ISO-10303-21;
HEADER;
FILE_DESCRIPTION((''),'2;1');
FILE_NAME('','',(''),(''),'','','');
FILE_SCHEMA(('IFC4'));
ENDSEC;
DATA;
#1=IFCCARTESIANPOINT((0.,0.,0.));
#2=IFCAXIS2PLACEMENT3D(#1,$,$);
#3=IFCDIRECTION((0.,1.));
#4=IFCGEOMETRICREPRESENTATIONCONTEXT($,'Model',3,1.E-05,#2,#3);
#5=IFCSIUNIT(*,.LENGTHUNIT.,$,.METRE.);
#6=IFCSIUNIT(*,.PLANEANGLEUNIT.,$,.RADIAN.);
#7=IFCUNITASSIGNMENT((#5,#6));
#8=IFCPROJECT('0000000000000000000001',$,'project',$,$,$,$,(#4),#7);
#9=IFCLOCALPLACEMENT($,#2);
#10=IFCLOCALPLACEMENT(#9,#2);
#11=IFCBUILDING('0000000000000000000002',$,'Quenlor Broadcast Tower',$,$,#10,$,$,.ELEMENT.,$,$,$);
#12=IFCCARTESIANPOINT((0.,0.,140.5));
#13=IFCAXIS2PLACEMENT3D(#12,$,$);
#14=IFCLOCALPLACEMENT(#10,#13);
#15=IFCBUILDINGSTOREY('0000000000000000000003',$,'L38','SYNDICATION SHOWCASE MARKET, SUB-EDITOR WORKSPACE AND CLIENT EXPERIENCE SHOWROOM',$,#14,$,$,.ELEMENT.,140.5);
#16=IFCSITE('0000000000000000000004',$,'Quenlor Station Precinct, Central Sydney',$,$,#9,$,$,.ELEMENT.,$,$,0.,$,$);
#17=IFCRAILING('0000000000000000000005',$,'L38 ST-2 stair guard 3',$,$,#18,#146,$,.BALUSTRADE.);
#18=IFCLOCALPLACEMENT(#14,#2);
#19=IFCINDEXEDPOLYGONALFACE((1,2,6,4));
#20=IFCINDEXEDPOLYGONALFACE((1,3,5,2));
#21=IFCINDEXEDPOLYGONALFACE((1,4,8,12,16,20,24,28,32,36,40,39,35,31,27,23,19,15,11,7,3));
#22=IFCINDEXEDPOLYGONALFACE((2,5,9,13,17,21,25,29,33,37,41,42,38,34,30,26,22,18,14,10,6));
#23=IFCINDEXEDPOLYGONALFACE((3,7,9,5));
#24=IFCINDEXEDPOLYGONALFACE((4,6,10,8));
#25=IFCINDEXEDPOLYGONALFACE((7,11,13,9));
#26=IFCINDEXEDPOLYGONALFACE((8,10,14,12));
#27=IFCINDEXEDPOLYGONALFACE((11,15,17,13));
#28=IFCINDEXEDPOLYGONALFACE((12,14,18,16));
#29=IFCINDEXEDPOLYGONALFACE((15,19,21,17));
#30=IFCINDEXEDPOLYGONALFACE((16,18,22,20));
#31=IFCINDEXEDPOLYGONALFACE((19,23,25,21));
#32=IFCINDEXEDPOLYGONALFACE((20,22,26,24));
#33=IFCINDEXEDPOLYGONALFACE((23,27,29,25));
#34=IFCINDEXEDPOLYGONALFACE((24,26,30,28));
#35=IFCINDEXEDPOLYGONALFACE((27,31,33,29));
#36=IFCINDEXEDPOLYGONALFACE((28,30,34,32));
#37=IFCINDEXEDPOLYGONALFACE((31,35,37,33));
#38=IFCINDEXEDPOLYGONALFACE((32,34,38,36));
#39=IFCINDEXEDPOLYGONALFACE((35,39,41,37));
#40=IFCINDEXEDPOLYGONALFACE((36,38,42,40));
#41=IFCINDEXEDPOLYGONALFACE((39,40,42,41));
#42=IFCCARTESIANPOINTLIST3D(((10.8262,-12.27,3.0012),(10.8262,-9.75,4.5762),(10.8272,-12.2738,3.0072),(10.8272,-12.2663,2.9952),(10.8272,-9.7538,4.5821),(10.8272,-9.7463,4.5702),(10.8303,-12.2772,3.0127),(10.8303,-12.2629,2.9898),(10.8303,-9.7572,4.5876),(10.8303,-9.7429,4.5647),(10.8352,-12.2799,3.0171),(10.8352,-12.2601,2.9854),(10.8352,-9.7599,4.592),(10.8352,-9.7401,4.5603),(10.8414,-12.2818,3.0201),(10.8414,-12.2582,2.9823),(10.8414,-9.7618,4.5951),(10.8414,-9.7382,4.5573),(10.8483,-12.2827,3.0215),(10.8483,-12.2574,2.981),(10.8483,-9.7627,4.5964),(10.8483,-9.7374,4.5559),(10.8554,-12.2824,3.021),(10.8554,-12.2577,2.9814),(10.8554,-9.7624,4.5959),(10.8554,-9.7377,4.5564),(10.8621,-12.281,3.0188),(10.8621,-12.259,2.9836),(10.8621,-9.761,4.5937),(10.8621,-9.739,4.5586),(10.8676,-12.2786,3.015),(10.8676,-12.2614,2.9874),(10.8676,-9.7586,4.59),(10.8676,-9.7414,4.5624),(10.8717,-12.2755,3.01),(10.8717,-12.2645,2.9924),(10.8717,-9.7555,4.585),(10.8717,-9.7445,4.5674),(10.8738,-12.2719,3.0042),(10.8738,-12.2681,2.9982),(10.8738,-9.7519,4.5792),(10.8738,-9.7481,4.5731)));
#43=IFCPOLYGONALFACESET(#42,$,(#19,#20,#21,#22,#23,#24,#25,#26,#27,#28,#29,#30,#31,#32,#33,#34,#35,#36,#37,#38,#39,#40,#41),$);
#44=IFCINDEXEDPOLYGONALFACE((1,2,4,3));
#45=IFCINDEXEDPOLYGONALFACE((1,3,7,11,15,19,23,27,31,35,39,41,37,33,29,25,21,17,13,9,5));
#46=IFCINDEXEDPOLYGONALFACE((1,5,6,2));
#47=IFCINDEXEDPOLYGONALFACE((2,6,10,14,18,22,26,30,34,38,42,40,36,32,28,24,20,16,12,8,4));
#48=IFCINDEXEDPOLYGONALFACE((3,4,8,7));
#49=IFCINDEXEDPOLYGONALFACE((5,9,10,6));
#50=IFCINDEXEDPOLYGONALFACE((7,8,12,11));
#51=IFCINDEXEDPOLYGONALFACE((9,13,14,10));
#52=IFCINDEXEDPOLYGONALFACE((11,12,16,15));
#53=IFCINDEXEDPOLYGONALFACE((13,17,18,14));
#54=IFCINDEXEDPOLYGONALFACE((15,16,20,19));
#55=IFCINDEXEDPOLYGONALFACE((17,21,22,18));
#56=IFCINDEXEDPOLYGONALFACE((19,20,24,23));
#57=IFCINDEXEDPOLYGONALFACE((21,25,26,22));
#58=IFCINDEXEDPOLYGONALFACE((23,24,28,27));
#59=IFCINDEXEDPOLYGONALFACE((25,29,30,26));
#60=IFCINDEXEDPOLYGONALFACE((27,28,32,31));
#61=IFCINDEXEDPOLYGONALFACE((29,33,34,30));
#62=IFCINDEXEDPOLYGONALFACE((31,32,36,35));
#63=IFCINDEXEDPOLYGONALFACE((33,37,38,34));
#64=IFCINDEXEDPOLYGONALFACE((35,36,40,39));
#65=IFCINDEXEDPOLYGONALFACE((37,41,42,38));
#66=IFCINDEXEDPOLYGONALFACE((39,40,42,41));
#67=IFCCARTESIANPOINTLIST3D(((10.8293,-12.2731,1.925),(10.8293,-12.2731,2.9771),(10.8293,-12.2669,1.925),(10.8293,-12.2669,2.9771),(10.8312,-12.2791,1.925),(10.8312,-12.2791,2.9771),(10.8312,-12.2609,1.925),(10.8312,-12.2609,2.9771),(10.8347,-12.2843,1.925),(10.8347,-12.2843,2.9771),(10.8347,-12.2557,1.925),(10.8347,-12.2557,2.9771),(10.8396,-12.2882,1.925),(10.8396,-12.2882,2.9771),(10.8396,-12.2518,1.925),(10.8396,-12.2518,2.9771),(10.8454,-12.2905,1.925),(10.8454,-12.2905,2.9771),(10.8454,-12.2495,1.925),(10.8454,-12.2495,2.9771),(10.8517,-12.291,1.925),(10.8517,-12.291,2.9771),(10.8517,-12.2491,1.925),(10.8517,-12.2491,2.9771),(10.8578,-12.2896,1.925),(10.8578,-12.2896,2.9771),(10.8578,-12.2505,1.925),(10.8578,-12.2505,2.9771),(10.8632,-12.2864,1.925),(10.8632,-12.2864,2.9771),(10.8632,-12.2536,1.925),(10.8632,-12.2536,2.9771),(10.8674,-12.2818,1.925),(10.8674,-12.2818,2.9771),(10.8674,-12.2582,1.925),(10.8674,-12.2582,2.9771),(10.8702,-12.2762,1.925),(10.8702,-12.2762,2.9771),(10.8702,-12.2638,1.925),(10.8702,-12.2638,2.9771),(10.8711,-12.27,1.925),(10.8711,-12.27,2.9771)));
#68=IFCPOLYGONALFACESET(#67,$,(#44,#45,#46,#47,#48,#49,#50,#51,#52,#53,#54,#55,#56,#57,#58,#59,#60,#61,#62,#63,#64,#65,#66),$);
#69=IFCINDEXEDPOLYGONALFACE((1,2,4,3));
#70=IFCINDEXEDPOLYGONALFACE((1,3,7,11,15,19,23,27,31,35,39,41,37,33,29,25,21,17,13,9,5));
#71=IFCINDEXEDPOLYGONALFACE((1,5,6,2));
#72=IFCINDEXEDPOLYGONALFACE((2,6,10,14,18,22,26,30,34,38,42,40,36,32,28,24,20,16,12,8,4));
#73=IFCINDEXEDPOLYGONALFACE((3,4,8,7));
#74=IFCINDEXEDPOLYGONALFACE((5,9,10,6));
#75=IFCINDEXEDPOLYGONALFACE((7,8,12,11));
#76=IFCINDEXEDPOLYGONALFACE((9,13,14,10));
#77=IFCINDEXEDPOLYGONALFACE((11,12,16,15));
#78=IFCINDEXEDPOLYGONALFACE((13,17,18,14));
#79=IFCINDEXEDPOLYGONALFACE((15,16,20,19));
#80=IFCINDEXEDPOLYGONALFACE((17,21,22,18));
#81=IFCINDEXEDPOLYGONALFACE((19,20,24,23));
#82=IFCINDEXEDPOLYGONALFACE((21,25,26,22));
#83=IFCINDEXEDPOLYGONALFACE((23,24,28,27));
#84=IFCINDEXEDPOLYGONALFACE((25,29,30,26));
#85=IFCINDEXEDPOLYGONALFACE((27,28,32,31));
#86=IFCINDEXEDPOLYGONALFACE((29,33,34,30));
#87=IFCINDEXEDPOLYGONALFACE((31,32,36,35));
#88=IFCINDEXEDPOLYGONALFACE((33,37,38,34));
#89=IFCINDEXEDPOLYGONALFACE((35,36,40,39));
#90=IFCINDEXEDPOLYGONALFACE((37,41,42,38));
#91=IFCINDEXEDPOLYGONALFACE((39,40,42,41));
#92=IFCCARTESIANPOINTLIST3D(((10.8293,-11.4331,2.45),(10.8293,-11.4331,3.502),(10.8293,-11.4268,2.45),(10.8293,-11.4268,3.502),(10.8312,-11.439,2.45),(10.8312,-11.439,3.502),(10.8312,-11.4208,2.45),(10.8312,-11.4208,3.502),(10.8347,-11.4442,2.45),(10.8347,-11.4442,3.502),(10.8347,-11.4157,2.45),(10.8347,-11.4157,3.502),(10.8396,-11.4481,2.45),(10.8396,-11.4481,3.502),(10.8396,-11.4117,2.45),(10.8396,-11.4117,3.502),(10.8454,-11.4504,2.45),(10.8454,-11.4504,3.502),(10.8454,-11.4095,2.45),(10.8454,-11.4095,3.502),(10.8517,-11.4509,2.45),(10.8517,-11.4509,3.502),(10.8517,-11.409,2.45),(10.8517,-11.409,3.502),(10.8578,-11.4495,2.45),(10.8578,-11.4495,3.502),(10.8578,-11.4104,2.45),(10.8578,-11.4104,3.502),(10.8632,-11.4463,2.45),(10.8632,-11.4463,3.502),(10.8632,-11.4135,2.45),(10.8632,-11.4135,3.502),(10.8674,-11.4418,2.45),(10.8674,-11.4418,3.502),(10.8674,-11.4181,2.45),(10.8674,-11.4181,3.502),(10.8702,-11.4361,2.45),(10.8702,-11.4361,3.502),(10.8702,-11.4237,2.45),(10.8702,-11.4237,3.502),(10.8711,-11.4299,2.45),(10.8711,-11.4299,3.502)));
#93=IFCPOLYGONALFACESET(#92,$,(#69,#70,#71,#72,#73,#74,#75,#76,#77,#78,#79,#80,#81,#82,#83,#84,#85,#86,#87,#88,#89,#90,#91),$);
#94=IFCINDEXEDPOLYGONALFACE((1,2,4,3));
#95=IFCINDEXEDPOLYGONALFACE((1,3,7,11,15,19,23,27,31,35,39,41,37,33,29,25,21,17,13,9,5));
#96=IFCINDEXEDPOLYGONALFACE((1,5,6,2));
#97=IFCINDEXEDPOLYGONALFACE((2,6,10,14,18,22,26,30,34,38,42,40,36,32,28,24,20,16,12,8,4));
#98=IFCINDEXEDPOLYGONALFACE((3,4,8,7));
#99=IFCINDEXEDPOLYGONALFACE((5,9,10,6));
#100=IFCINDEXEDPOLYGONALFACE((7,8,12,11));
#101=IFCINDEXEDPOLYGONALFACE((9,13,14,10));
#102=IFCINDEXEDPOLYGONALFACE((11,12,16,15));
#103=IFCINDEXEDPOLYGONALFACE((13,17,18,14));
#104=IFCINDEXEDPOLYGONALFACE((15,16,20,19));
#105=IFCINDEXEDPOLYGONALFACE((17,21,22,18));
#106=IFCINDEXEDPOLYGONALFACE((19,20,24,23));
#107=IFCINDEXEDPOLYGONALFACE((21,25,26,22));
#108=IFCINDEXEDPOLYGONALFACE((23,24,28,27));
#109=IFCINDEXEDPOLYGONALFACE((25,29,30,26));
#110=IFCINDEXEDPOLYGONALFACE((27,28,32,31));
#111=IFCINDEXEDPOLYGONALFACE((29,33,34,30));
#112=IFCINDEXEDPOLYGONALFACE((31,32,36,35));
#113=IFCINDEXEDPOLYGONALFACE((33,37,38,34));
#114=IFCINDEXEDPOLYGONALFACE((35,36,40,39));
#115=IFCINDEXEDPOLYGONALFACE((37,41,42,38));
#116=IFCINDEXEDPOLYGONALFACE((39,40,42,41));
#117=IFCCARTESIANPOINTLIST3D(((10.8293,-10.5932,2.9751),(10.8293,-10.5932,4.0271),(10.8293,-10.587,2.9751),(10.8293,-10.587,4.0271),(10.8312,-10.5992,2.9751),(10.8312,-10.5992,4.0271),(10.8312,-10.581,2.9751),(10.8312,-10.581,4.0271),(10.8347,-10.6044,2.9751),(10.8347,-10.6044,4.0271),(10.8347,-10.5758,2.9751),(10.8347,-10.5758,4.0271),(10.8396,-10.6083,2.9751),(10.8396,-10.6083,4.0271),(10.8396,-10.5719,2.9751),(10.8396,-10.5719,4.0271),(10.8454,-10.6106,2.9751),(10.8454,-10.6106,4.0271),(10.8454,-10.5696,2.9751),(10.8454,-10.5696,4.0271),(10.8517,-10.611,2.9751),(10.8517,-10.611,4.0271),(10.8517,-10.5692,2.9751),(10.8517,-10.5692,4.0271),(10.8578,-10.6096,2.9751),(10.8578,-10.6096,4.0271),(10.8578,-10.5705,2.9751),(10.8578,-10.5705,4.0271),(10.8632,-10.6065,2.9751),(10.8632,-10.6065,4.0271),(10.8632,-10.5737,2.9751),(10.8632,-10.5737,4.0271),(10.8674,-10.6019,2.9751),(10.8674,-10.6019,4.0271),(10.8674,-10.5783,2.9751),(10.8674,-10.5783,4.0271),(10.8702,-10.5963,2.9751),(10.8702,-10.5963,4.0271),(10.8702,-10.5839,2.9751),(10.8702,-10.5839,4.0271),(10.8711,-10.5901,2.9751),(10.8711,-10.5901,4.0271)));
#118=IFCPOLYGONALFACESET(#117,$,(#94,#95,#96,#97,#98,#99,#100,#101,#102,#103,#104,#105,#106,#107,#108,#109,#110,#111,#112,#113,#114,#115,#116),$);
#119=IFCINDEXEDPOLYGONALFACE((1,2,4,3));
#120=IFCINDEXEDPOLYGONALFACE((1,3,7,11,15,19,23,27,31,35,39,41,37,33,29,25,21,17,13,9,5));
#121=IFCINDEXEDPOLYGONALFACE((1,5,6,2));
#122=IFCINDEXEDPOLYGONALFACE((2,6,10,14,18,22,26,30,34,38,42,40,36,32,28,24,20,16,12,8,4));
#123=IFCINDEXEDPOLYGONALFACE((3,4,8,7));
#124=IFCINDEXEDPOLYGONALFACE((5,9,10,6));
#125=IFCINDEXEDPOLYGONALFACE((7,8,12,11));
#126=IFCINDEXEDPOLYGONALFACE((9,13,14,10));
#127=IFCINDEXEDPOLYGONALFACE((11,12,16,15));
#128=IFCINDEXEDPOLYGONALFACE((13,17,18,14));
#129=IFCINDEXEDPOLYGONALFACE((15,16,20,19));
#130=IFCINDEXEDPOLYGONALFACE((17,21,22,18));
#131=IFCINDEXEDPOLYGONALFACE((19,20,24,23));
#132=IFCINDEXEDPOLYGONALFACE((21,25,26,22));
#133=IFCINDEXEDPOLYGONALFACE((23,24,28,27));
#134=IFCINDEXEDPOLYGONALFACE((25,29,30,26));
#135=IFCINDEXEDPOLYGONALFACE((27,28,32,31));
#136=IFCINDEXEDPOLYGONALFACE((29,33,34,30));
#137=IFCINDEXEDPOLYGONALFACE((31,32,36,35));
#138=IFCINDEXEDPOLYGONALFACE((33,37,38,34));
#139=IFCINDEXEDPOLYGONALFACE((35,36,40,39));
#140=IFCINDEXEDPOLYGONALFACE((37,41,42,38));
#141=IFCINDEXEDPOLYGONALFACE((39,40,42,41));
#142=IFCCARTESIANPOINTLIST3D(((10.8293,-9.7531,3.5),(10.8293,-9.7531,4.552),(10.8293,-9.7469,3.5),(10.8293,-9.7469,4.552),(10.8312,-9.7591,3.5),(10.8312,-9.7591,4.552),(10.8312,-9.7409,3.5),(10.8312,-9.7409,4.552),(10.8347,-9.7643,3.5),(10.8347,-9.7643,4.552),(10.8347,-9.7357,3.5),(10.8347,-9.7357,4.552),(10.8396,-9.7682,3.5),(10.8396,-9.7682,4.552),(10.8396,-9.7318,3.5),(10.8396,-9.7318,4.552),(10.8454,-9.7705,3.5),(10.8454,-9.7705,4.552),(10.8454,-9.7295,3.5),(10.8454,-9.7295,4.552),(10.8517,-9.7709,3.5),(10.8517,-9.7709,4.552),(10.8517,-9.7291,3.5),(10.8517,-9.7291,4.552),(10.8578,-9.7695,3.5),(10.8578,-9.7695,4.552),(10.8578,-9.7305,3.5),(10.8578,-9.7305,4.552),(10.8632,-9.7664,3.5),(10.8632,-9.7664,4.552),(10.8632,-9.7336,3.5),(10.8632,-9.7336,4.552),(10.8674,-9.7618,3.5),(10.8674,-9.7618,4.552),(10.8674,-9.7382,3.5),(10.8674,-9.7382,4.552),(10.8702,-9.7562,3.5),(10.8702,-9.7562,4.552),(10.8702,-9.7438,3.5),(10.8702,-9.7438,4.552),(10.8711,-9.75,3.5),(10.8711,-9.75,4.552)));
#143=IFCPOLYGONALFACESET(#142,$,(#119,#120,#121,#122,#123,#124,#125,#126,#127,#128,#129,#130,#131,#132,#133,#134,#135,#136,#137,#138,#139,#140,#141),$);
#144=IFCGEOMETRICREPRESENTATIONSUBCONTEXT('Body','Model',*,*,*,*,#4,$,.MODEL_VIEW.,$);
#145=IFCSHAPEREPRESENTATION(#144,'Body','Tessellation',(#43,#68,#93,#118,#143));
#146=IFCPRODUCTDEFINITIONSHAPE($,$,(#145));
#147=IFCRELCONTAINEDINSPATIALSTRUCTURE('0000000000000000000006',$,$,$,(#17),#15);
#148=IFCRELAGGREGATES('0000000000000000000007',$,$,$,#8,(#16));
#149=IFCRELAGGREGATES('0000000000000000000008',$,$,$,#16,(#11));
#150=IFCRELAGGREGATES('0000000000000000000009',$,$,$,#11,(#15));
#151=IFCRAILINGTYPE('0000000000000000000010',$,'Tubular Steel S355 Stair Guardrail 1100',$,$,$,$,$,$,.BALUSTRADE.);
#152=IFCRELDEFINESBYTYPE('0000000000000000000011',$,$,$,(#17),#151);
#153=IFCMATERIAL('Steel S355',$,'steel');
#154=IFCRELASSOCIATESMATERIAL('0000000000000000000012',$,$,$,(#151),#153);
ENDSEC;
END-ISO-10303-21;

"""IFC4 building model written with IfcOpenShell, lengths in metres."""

from ifc_helpers import new_model, si_unit, direction, frame, origin, origin_2d, place, context, subcontext, project, spatial, circle, extrude, material, type_object, element, save


model = new_model("IFC4")

# Units and contexts
model_context = context("Model", 3, precision=1e-05, world=origin(), true_north=direction((0.0, 1.0)))
body_context = subcontext(model_context, "Body", "Model", "MODEL_VIEW")
ifc_project = project(units=[si_unit("LENGTHUNIT", "METRE"), si_unit("PLANEANGLEUNIT", "RADIAN")], contexts=[model_context])

# Site, building, storey
site_placement = place(None, origin())
site = spatial("IfcSite", under=ifc_project, at=site_placement, Name="Quenlor Station Precinct, Central Sydney", CompositionType="ELEMENT", RefElevation=0.0)
building_placement = place(site_placement, origin())
building = spatial("IfcBuilding", under=site, at=building_placement, Name="Quenlor Broadcast Tower", CompositionType="ELEMENT")
storey_placement = place(building_placement, frame((0.0, 0.0, 140.5)))
storey = spatial("IfcBuildingStorey", under=building, at=storey_placement, Name="L38", Description="SYNDICATION SHOWCASE MARKET, SUB-EDITOR WORKSPACE AND CLIENT EXPERIENCE SHOWROOM", CompositionType="ELEMENT", Elevation=140.5)

# Railing
ifc_material_1 = material(Name="Steel S355", Category="steel")
railing_type = type_object("IfcRailingType", Name="Tubular Steel S355 Stair Guardrail 1100", PredefinedType="BALUSTRADE", material=ifc_material_1)
railing_1_placement = place(storey_placement, frame((10.8501, -12.27, 1.925)))
element("IfcRailing", 1, at=railing_1_placement, inside=storey, type_object=railing_type, Name="L38 ST-2 stair guard 3", PredefinedType="BALUSTRADE", context=body_context, shape_type="SweptSolid", body=[
    extrude(circle(Radius=0.0239, at=origin_2d()), frame((0.0, 0.0, 1.0762), z_axis=(0.0, 0.848008, 0.529984), x_axis=(-1.0, 0.0, 0.0)), (0.0, 0.0, 1.0), 2.9717),
    extrude(circle(Radius=0.021, at=origin_2d()), origin(), (0.0, 0.0, 1.0), 1.052),
    extrude(circle(Radius=0.021, at=origin_2d()), frame((0.0, 0.8401, 0.5249)), (0.0, 0.0, 1.0), 1.052),
    extrude(circle(Radius=0.021, at=origin_2d()), frame((0.0, 1.6799, 1.05)), (0.0, 0.0, 1.0), 1.052),
    extrude(circle(Radius=0.021, at=origin_2d()), frame((0.0, 2.52, 1.575)), (0.0, 0.0, 1.0), 1.052),
])

save(model, "model.ifc")
